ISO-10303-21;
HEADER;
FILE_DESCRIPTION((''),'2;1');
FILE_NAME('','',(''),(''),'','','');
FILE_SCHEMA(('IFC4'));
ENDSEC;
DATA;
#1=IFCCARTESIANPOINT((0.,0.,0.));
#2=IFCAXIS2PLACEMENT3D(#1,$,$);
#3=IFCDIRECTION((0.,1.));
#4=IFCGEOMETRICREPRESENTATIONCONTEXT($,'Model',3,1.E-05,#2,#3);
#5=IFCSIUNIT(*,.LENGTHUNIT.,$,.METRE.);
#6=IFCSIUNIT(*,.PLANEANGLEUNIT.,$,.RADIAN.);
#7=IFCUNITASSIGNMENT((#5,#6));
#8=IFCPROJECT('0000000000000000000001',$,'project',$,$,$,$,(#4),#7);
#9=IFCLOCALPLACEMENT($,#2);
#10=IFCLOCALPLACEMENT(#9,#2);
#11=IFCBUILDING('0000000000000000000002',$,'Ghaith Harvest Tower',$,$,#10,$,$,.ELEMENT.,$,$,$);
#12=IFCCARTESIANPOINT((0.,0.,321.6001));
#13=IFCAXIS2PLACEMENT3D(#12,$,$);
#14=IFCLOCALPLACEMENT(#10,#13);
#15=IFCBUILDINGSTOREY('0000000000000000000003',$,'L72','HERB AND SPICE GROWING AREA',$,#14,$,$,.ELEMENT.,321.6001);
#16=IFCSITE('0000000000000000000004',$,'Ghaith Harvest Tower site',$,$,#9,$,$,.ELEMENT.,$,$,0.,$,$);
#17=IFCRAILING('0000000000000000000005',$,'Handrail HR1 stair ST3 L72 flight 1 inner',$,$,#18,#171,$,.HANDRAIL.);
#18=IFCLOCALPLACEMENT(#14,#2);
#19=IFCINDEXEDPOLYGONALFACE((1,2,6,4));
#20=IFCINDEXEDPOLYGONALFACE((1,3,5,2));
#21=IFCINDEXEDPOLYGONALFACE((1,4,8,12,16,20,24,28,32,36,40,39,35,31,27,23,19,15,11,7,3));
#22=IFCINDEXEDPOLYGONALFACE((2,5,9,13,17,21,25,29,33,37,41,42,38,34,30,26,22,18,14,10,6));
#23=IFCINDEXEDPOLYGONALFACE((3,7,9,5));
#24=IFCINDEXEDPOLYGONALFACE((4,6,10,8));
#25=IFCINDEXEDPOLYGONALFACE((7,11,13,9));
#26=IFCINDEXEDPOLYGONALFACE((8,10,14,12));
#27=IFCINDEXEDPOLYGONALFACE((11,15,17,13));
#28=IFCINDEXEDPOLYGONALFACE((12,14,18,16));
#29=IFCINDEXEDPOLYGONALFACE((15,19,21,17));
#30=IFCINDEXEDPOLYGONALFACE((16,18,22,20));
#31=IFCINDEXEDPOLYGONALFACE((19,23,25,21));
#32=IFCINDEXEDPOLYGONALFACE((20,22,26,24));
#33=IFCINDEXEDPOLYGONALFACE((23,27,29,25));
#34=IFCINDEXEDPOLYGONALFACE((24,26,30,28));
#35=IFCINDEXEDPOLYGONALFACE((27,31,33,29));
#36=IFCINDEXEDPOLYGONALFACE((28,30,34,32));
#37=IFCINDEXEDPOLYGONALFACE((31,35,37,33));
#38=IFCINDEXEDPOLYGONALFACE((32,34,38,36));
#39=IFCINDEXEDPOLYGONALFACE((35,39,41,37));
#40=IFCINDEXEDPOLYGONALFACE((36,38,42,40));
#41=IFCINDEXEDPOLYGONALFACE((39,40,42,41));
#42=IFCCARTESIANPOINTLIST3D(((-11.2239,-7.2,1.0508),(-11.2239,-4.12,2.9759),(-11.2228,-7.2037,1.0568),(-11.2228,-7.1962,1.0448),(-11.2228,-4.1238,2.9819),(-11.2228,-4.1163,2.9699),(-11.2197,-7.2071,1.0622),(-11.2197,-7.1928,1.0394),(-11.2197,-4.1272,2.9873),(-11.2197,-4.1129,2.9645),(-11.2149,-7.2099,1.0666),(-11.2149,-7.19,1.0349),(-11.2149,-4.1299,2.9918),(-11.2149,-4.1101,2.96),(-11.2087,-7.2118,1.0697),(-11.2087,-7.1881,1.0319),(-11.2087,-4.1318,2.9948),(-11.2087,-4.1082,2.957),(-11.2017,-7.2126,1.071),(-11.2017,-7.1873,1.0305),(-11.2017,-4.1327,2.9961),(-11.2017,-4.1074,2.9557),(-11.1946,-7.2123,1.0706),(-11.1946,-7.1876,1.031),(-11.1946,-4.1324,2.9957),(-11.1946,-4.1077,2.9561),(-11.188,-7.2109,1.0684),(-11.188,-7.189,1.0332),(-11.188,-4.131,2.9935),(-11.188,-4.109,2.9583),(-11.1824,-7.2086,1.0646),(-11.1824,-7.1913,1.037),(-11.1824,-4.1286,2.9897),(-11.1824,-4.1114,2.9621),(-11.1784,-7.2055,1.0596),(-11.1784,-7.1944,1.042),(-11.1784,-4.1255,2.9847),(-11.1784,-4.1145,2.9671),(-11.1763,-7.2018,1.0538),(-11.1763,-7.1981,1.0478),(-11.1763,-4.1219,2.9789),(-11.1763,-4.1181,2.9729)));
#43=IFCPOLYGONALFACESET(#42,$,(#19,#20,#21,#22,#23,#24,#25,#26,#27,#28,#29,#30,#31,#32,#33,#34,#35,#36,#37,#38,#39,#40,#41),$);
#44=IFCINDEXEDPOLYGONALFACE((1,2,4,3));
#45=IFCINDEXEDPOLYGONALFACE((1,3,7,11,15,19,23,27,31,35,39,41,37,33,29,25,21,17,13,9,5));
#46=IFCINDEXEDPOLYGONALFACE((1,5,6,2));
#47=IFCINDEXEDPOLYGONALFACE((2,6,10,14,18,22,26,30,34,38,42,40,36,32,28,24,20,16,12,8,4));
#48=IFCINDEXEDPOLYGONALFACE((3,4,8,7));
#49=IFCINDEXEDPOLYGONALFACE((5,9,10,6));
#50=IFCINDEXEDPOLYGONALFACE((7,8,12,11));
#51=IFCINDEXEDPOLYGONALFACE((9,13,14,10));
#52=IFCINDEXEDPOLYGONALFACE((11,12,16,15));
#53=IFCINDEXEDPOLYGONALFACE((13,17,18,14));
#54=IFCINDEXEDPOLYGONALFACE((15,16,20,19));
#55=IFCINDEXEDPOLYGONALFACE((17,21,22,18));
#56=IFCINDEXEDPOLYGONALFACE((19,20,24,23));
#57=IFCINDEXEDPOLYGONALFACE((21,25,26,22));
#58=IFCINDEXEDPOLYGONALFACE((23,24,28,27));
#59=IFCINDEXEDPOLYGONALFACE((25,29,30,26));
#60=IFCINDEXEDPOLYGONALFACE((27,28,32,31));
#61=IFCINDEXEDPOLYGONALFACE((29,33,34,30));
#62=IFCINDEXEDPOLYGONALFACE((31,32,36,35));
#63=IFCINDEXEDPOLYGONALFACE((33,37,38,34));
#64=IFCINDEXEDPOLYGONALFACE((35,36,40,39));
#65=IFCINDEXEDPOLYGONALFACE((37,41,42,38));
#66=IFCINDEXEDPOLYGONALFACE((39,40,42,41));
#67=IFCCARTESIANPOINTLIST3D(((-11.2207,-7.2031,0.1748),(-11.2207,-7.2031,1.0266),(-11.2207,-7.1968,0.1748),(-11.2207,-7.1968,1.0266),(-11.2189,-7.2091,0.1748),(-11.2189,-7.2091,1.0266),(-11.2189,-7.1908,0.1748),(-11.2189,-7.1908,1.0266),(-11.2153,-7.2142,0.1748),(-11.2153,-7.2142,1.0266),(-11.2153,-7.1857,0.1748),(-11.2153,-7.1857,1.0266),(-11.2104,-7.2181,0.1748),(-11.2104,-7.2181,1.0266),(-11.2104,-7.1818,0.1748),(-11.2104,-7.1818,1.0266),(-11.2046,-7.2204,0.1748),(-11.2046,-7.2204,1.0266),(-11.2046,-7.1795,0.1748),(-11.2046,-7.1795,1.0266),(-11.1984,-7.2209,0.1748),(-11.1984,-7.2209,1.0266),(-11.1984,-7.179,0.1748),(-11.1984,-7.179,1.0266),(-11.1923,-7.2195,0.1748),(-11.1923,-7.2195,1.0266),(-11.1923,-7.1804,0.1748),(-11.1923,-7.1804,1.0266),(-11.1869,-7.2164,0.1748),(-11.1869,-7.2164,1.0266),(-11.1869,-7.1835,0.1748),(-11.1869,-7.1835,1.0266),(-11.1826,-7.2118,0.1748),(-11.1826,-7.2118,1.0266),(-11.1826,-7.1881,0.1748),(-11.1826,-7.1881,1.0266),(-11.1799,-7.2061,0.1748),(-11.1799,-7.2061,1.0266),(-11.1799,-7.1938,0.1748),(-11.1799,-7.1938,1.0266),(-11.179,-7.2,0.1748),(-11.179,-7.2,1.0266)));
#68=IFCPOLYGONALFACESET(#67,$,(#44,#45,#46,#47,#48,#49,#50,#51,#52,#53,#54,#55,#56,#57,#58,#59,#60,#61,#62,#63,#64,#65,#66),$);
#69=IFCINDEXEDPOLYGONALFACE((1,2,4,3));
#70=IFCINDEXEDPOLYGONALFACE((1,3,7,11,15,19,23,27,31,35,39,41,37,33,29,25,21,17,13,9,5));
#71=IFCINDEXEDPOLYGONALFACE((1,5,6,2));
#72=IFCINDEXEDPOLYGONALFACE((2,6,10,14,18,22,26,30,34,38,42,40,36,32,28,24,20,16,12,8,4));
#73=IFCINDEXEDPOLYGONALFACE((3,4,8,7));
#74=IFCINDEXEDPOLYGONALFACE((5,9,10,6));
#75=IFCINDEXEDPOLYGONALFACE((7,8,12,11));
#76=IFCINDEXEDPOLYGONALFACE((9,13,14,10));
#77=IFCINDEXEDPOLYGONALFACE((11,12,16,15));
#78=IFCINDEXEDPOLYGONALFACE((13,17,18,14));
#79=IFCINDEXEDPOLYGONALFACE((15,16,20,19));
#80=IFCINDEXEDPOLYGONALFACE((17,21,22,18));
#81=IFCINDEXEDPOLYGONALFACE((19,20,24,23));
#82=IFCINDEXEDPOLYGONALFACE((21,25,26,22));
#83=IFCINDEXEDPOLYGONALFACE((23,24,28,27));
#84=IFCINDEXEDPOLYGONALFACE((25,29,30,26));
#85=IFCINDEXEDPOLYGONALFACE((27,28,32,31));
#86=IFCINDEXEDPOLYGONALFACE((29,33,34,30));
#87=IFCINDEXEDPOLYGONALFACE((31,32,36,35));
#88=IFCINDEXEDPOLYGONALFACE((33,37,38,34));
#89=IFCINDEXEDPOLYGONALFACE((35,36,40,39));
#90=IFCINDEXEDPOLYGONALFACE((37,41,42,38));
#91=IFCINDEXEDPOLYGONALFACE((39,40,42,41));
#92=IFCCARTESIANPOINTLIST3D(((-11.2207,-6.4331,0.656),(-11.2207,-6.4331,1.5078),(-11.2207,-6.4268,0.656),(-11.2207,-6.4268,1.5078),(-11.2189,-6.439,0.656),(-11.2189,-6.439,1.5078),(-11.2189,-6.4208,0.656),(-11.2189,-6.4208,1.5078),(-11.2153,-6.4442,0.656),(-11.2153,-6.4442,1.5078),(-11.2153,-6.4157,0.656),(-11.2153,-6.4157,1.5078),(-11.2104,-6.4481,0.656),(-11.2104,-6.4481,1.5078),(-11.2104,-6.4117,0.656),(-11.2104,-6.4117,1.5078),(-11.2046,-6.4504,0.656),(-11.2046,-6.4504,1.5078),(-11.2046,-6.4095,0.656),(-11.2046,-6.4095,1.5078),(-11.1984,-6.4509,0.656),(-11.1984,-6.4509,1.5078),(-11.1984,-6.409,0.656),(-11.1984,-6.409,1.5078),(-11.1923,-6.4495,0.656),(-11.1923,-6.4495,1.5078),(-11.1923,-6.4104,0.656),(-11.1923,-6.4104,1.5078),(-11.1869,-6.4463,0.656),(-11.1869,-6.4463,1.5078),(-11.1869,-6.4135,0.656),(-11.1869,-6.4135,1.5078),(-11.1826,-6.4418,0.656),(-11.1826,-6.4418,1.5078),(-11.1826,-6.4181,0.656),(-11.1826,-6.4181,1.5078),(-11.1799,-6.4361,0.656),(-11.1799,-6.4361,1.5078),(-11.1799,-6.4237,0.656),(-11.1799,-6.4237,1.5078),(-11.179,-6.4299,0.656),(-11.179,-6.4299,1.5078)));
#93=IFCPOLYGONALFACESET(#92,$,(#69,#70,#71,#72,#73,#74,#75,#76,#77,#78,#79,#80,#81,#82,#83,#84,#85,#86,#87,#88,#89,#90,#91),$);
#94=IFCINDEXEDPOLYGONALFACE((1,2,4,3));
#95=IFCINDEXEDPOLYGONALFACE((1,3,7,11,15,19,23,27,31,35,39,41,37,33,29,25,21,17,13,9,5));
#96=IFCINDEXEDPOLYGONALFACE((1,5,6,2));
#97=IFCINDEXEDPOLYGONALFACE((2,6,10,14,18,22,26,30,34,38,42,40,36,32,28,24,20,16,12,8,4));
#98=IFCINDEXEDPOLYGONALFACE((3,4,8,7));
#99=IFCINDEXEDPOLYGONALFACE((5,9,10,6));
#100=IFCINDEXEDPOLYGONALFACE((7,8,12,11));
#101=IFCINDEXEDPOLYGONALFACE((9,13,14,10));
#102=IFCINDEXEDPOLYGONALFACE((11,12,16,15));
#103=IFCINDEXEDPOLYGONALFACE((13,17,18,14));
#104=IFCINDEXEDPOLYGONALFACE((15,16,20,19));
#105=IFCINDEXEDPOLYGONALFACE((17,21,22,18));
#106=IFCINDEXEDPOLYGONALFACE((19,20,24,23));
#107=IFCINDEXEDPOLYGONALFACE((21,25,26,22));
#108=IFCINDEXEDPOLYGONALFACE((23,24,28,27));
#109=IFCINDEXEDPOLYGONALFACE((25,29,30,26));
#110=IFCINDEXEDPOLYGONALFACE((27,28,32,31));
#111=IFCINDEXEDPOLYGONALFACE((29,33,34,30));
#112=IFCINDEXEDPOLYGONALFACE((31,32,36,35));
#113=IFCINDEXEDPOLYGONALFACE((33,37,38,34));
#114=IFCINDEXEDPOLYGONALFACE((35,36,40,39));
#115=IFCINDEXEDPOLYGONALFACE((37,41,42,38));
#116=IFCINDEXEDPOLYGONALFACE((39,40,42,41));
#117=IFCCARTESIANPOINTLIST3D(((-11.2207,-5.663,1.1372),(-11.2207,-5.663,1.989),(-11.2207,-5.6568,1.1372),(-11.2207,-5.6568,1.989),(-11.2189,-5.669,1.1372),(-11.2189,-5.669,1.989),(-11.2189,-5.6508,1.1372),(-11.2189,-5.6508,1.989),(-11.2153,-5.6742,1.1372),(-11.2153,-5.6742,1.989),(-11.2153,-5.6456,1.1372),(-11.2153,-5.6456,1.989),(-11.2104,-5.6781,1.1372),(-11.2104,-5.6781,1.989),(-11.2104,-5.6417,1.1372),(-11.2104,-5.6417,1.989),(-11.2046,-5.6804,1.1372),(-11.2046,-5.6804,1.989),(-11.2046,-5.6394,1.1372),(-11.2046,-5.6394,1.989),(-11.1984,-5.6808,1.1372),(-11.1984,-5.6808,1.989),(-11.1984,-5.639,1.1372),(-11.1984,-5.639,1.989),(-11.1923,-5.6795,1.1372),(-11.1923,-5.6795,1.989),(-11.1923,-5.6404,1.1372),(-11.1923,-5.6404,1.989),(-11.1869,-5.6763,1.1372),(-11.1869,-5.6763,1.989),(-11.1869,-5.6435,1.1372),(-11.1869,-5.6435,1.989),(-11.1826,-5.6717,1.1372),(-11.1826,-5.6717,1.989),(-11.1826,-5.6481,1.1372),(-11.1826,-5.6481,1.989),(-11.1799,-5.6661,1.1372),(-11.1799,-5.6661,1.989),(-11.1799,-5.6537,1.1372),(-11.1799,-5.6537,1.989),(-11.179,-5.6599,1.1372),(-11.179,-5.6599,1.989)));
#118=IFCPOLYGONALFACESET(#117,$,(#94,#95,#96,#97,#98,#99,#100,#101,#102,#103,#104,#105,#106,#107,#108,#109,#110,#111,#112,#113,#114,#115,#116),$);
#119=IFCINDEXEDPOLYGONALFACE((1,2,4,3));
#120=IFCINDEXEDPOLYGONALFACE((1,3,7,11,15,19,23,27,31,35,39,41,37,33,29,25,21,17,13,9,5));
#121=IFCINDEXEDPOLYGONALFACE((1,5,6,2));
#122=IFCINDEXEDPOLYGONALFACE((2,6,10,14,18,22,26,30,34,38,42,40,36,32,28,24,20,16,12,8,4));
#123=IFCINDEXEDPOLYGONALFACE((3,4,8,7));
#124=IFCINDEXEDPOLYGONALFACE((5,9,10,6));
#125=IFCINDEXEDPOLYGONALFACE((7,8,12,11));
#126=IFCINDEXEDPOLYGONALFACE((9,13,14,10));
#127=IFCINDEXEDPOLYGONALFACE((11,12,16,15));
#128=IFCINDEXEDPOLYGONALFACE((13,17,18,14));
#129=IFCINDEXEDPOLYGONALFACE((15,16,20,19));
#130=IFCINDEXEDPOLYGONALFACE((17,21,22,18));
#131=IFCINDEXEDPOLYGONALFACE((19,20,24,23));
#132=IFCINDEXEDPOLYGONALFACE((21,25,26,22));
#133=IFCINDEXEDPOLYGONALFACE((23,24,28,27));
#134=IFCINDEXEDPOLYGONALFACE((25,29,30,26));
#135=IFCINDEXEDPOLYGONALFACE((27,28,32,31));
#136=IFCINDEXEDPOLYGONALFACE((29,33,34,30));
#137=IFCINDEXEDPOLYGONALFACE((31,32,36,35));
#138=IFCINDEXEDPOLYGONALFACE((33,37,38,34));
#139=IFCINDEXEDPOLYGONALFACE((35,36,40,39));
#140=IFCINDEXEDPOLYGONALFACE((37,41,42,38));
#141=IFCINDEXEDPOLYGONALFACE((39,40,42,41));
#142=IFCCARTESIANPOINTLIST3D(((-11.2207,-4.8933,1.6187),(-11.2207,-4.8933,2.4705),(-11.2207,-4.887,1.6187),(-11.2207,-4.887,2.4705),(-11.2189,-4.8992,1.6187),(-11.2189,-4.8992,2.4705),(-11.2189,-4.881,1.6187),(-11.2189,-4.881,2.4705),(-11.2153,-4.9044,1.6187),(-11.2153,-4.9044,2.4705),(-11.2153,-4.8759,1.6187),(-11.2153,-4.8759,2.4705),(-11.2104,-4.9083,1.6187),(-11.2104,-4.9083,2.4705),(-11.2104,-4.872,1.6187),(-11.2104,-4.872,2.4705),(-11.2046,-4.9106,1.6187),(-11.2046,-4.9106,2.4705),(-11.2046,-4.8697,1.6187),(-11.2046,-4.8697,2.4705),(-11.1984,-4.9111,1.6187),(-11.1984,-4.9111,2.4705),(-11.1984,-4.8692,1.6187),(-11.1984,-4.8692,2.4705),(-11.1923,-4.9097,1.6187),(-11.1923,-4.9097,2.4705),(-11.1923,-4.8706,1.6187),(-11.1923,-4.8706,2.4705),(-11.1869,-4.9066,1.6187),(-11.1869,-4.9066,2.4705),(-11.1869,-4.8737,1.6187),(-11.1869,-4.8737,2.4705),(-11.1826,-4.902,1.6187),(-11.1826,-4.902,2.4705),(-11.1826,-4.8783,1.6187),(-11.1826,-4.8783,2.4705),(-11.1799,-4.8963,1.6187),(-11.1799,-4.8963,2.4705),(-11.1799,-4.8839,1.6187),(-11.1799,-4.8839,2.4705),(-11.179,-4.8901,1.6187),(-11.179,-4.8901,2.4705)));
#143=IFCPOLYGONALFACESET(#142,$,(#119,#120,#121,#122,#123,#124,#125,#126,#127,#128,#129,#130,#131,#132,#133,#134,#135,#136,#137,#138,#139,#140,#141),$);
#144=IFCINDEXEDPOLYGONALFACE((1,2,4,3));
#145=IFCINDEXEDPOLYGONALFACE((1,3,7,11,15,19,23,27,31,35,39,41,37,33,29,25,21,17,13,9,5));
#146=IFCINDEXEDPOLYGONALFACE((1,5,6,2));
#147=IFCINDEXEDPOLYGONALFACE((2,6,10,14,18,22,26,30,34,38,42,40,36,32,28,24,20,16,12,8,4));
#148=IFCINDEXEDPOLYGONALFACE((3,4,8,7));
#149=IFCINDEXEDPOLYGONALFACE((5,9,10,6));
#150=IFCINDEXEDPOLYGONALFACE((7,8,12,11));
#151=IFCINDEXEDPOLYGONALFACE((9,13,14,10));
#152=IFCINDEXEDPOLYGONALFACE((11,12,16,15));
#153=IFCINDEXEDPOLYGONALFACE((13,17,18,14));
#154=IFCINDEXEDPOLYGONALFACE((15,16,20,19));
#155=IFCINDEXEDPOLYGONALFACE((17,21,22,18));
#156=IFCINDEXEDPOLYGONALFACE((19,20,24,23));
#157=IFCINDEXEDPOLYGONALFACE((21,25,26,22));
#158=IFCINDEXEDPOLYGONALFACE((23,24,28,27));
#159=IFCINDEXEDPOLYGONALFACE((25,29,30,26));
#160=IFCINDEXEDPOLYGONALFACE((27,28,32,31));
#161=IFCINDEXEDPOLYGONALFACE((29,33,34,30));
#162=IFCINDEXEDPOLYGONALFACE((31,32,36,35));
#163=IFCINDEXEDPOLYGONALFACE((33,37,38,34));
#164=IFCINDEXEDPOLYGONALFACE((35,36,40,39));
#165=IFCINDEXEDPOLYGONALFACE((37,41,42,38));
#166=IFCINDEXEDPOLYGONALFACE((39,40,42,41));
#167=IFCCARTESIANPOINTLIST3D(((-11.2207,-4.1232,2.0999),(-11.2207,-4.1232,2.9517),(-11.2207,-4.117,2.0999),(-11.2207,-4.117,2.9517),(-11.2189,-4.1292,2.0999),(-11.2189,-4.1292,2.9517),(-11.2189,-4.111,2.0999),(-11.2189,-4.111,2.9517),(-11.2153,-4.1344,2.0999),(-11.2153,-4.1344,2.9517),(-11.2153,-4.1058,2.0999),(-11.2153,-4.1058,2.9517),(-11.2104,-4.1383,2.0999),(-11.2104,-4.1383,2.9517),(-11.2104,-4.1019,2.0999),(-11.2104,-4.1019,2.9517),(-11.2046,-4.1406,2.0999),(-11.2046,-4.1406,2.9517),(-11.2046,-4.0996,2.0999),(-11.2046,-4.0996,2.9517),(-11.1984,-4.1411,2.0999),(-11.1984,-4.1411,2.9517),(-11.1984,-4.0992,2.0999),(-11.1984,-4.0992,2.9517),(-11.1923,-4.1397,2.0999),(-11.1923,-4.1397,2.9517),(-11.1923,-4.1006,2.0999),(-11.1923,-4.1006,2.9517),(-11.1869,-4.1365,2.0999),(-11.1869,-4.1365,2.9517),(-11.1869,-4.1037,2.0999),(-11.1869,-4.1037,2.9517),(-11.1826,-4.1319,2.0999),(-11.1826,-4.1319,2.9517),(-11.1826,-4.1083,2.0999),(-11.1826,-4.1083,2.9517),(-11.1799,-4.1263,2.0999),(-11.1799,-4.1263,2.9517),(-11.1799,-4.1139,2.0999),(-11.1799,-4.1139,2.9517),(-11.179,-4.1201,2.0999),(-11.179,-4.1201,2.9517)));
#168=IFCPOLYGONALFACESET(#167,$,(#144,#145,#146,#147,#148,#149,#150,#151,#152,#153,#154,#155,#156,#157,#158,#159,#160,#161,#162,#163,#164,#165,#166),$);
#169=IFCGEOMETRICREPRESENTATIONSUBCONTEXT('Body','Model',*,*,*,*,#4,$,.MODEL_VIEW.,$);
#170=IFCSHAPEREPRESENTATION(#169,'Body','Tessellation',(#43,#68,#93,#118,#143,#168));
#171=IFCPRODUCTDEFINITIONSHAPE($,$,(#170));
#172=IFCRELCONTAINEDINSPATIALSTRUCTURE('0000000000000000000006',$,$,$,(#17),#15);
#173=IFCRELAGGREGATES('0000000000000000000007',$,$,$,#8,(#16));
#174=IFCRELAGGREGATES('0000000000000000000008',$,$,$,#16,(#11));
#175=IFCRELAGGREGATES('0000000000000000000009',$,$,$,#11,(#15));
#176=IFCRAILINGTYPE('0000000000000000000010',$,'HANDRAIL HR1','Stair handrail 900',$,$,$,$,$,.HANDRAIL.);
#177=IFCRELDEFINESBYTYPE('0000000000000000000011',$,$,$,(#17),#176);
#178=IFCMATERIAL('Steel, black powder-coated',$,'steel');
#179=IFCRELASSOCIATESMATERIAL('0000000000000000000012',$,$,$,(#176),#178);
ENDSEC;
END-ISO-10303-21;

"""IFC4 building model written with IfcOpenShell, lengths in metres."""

from ifc_helpers import new_model, si_unit, direction, frame, origin, origin_2d, place, context, subcontext, project, spatial, circle, extrude, material, type_object, element, save


model = new_model("IFC4")

# Units and contexts
model_context = context("Model", 3, precision=1e-05, world=origin(), true_north=direction((0.0, 1.0)))
body_context = subcontext(model_context, "Body", "Model", "MODEL_VIEW")
ifc_project = project(units=[si_unit("LENGTHUNIT", "METRE"), si_unit("PLANEANGLEUNIT", "RADIAN")], contexts=[model_context])

# Site, building, storey
site_placement = place(None, origin())
site = spatial("IfcSite", under=ifc_project, at=site_placement, Name="Ghaith Harvest Tower site", CompositionType="ELEMENT", RefElevation=0.0)
building_placement = place(site_placement, origin())
building = spatial("IfcBuilding", under=site, at=building_placement, Name="Ghaith Harvest Tower", CompositionType="ELEMENT")
storey_placement = place(building_placement, frame((0.0, 0.0, 321.6001)))
storey = spatial("IfcBuildingStorey", under=building, at=storey_placement, Name="L72", Description="HERB AND SPICE GROWING AREA", CompositionType="ELEMENT", Elevation=321.6001)

# Railing
ifc_material_1 = material(Name="Steel, black powder-coated", Category="steel")
railing_type = type_object("IfcRailingType", Name="HANDRAIL HR1", Description="Stair handrail 900", PredefinedType="HANDRAIL", material=ifc_material_1)
railing_1_placement = place(storey_placement, frame((-11.2, -7.2, 0.1748)))
element("IfcRailing", 1, at=railing_1_placement, inside=storey, type_object=railing_type, Name="Handrail HR1 stair ST3 L72 flight 1 inner", PredefinedType="HANDRAIL", context=body_context, shape_type="SweptSolid", body=[
    extrude(circle(Radius=0.0239, at=origin_2d()), frame((0.0, 0.0, 0.876), z_axis=(0.0, 0.847979, 0.530029), x_axis=(-1.0, 0.0, 0.0)), (0.0, 0.0, 1.0), 3.6321),
    extrude(circle(Radius=0.021, at=origin_2d()), origin(), (0.0, 0.0, 1.0), 0.8518),
    extrude(circle(Radius=0.021, at=origin_2d()), frame((0.0, 0.77, 0.4812)), (0.0, 0.0, 1.0), 0.8518),
    extrude(circle(Radius=0.021, at=origin_2d()), frame((0.0, 1.54, 0.9624)), (0.0, 0.0, 1.0), 0.8518),
    extrude(circle(Radius=0.021, at=origin_2d()), frame((0.0, 2.3098, 1.4438)), (0.0, 0.0, 1.0), 0.8518),
    extrude(circle(Radius=0.021, at=origin_2d()), frame((0.0, 3.0798, 1.925)), (0.0, 0.0, 1.0), 0.8518),
])

save(model, "model.ifc")
